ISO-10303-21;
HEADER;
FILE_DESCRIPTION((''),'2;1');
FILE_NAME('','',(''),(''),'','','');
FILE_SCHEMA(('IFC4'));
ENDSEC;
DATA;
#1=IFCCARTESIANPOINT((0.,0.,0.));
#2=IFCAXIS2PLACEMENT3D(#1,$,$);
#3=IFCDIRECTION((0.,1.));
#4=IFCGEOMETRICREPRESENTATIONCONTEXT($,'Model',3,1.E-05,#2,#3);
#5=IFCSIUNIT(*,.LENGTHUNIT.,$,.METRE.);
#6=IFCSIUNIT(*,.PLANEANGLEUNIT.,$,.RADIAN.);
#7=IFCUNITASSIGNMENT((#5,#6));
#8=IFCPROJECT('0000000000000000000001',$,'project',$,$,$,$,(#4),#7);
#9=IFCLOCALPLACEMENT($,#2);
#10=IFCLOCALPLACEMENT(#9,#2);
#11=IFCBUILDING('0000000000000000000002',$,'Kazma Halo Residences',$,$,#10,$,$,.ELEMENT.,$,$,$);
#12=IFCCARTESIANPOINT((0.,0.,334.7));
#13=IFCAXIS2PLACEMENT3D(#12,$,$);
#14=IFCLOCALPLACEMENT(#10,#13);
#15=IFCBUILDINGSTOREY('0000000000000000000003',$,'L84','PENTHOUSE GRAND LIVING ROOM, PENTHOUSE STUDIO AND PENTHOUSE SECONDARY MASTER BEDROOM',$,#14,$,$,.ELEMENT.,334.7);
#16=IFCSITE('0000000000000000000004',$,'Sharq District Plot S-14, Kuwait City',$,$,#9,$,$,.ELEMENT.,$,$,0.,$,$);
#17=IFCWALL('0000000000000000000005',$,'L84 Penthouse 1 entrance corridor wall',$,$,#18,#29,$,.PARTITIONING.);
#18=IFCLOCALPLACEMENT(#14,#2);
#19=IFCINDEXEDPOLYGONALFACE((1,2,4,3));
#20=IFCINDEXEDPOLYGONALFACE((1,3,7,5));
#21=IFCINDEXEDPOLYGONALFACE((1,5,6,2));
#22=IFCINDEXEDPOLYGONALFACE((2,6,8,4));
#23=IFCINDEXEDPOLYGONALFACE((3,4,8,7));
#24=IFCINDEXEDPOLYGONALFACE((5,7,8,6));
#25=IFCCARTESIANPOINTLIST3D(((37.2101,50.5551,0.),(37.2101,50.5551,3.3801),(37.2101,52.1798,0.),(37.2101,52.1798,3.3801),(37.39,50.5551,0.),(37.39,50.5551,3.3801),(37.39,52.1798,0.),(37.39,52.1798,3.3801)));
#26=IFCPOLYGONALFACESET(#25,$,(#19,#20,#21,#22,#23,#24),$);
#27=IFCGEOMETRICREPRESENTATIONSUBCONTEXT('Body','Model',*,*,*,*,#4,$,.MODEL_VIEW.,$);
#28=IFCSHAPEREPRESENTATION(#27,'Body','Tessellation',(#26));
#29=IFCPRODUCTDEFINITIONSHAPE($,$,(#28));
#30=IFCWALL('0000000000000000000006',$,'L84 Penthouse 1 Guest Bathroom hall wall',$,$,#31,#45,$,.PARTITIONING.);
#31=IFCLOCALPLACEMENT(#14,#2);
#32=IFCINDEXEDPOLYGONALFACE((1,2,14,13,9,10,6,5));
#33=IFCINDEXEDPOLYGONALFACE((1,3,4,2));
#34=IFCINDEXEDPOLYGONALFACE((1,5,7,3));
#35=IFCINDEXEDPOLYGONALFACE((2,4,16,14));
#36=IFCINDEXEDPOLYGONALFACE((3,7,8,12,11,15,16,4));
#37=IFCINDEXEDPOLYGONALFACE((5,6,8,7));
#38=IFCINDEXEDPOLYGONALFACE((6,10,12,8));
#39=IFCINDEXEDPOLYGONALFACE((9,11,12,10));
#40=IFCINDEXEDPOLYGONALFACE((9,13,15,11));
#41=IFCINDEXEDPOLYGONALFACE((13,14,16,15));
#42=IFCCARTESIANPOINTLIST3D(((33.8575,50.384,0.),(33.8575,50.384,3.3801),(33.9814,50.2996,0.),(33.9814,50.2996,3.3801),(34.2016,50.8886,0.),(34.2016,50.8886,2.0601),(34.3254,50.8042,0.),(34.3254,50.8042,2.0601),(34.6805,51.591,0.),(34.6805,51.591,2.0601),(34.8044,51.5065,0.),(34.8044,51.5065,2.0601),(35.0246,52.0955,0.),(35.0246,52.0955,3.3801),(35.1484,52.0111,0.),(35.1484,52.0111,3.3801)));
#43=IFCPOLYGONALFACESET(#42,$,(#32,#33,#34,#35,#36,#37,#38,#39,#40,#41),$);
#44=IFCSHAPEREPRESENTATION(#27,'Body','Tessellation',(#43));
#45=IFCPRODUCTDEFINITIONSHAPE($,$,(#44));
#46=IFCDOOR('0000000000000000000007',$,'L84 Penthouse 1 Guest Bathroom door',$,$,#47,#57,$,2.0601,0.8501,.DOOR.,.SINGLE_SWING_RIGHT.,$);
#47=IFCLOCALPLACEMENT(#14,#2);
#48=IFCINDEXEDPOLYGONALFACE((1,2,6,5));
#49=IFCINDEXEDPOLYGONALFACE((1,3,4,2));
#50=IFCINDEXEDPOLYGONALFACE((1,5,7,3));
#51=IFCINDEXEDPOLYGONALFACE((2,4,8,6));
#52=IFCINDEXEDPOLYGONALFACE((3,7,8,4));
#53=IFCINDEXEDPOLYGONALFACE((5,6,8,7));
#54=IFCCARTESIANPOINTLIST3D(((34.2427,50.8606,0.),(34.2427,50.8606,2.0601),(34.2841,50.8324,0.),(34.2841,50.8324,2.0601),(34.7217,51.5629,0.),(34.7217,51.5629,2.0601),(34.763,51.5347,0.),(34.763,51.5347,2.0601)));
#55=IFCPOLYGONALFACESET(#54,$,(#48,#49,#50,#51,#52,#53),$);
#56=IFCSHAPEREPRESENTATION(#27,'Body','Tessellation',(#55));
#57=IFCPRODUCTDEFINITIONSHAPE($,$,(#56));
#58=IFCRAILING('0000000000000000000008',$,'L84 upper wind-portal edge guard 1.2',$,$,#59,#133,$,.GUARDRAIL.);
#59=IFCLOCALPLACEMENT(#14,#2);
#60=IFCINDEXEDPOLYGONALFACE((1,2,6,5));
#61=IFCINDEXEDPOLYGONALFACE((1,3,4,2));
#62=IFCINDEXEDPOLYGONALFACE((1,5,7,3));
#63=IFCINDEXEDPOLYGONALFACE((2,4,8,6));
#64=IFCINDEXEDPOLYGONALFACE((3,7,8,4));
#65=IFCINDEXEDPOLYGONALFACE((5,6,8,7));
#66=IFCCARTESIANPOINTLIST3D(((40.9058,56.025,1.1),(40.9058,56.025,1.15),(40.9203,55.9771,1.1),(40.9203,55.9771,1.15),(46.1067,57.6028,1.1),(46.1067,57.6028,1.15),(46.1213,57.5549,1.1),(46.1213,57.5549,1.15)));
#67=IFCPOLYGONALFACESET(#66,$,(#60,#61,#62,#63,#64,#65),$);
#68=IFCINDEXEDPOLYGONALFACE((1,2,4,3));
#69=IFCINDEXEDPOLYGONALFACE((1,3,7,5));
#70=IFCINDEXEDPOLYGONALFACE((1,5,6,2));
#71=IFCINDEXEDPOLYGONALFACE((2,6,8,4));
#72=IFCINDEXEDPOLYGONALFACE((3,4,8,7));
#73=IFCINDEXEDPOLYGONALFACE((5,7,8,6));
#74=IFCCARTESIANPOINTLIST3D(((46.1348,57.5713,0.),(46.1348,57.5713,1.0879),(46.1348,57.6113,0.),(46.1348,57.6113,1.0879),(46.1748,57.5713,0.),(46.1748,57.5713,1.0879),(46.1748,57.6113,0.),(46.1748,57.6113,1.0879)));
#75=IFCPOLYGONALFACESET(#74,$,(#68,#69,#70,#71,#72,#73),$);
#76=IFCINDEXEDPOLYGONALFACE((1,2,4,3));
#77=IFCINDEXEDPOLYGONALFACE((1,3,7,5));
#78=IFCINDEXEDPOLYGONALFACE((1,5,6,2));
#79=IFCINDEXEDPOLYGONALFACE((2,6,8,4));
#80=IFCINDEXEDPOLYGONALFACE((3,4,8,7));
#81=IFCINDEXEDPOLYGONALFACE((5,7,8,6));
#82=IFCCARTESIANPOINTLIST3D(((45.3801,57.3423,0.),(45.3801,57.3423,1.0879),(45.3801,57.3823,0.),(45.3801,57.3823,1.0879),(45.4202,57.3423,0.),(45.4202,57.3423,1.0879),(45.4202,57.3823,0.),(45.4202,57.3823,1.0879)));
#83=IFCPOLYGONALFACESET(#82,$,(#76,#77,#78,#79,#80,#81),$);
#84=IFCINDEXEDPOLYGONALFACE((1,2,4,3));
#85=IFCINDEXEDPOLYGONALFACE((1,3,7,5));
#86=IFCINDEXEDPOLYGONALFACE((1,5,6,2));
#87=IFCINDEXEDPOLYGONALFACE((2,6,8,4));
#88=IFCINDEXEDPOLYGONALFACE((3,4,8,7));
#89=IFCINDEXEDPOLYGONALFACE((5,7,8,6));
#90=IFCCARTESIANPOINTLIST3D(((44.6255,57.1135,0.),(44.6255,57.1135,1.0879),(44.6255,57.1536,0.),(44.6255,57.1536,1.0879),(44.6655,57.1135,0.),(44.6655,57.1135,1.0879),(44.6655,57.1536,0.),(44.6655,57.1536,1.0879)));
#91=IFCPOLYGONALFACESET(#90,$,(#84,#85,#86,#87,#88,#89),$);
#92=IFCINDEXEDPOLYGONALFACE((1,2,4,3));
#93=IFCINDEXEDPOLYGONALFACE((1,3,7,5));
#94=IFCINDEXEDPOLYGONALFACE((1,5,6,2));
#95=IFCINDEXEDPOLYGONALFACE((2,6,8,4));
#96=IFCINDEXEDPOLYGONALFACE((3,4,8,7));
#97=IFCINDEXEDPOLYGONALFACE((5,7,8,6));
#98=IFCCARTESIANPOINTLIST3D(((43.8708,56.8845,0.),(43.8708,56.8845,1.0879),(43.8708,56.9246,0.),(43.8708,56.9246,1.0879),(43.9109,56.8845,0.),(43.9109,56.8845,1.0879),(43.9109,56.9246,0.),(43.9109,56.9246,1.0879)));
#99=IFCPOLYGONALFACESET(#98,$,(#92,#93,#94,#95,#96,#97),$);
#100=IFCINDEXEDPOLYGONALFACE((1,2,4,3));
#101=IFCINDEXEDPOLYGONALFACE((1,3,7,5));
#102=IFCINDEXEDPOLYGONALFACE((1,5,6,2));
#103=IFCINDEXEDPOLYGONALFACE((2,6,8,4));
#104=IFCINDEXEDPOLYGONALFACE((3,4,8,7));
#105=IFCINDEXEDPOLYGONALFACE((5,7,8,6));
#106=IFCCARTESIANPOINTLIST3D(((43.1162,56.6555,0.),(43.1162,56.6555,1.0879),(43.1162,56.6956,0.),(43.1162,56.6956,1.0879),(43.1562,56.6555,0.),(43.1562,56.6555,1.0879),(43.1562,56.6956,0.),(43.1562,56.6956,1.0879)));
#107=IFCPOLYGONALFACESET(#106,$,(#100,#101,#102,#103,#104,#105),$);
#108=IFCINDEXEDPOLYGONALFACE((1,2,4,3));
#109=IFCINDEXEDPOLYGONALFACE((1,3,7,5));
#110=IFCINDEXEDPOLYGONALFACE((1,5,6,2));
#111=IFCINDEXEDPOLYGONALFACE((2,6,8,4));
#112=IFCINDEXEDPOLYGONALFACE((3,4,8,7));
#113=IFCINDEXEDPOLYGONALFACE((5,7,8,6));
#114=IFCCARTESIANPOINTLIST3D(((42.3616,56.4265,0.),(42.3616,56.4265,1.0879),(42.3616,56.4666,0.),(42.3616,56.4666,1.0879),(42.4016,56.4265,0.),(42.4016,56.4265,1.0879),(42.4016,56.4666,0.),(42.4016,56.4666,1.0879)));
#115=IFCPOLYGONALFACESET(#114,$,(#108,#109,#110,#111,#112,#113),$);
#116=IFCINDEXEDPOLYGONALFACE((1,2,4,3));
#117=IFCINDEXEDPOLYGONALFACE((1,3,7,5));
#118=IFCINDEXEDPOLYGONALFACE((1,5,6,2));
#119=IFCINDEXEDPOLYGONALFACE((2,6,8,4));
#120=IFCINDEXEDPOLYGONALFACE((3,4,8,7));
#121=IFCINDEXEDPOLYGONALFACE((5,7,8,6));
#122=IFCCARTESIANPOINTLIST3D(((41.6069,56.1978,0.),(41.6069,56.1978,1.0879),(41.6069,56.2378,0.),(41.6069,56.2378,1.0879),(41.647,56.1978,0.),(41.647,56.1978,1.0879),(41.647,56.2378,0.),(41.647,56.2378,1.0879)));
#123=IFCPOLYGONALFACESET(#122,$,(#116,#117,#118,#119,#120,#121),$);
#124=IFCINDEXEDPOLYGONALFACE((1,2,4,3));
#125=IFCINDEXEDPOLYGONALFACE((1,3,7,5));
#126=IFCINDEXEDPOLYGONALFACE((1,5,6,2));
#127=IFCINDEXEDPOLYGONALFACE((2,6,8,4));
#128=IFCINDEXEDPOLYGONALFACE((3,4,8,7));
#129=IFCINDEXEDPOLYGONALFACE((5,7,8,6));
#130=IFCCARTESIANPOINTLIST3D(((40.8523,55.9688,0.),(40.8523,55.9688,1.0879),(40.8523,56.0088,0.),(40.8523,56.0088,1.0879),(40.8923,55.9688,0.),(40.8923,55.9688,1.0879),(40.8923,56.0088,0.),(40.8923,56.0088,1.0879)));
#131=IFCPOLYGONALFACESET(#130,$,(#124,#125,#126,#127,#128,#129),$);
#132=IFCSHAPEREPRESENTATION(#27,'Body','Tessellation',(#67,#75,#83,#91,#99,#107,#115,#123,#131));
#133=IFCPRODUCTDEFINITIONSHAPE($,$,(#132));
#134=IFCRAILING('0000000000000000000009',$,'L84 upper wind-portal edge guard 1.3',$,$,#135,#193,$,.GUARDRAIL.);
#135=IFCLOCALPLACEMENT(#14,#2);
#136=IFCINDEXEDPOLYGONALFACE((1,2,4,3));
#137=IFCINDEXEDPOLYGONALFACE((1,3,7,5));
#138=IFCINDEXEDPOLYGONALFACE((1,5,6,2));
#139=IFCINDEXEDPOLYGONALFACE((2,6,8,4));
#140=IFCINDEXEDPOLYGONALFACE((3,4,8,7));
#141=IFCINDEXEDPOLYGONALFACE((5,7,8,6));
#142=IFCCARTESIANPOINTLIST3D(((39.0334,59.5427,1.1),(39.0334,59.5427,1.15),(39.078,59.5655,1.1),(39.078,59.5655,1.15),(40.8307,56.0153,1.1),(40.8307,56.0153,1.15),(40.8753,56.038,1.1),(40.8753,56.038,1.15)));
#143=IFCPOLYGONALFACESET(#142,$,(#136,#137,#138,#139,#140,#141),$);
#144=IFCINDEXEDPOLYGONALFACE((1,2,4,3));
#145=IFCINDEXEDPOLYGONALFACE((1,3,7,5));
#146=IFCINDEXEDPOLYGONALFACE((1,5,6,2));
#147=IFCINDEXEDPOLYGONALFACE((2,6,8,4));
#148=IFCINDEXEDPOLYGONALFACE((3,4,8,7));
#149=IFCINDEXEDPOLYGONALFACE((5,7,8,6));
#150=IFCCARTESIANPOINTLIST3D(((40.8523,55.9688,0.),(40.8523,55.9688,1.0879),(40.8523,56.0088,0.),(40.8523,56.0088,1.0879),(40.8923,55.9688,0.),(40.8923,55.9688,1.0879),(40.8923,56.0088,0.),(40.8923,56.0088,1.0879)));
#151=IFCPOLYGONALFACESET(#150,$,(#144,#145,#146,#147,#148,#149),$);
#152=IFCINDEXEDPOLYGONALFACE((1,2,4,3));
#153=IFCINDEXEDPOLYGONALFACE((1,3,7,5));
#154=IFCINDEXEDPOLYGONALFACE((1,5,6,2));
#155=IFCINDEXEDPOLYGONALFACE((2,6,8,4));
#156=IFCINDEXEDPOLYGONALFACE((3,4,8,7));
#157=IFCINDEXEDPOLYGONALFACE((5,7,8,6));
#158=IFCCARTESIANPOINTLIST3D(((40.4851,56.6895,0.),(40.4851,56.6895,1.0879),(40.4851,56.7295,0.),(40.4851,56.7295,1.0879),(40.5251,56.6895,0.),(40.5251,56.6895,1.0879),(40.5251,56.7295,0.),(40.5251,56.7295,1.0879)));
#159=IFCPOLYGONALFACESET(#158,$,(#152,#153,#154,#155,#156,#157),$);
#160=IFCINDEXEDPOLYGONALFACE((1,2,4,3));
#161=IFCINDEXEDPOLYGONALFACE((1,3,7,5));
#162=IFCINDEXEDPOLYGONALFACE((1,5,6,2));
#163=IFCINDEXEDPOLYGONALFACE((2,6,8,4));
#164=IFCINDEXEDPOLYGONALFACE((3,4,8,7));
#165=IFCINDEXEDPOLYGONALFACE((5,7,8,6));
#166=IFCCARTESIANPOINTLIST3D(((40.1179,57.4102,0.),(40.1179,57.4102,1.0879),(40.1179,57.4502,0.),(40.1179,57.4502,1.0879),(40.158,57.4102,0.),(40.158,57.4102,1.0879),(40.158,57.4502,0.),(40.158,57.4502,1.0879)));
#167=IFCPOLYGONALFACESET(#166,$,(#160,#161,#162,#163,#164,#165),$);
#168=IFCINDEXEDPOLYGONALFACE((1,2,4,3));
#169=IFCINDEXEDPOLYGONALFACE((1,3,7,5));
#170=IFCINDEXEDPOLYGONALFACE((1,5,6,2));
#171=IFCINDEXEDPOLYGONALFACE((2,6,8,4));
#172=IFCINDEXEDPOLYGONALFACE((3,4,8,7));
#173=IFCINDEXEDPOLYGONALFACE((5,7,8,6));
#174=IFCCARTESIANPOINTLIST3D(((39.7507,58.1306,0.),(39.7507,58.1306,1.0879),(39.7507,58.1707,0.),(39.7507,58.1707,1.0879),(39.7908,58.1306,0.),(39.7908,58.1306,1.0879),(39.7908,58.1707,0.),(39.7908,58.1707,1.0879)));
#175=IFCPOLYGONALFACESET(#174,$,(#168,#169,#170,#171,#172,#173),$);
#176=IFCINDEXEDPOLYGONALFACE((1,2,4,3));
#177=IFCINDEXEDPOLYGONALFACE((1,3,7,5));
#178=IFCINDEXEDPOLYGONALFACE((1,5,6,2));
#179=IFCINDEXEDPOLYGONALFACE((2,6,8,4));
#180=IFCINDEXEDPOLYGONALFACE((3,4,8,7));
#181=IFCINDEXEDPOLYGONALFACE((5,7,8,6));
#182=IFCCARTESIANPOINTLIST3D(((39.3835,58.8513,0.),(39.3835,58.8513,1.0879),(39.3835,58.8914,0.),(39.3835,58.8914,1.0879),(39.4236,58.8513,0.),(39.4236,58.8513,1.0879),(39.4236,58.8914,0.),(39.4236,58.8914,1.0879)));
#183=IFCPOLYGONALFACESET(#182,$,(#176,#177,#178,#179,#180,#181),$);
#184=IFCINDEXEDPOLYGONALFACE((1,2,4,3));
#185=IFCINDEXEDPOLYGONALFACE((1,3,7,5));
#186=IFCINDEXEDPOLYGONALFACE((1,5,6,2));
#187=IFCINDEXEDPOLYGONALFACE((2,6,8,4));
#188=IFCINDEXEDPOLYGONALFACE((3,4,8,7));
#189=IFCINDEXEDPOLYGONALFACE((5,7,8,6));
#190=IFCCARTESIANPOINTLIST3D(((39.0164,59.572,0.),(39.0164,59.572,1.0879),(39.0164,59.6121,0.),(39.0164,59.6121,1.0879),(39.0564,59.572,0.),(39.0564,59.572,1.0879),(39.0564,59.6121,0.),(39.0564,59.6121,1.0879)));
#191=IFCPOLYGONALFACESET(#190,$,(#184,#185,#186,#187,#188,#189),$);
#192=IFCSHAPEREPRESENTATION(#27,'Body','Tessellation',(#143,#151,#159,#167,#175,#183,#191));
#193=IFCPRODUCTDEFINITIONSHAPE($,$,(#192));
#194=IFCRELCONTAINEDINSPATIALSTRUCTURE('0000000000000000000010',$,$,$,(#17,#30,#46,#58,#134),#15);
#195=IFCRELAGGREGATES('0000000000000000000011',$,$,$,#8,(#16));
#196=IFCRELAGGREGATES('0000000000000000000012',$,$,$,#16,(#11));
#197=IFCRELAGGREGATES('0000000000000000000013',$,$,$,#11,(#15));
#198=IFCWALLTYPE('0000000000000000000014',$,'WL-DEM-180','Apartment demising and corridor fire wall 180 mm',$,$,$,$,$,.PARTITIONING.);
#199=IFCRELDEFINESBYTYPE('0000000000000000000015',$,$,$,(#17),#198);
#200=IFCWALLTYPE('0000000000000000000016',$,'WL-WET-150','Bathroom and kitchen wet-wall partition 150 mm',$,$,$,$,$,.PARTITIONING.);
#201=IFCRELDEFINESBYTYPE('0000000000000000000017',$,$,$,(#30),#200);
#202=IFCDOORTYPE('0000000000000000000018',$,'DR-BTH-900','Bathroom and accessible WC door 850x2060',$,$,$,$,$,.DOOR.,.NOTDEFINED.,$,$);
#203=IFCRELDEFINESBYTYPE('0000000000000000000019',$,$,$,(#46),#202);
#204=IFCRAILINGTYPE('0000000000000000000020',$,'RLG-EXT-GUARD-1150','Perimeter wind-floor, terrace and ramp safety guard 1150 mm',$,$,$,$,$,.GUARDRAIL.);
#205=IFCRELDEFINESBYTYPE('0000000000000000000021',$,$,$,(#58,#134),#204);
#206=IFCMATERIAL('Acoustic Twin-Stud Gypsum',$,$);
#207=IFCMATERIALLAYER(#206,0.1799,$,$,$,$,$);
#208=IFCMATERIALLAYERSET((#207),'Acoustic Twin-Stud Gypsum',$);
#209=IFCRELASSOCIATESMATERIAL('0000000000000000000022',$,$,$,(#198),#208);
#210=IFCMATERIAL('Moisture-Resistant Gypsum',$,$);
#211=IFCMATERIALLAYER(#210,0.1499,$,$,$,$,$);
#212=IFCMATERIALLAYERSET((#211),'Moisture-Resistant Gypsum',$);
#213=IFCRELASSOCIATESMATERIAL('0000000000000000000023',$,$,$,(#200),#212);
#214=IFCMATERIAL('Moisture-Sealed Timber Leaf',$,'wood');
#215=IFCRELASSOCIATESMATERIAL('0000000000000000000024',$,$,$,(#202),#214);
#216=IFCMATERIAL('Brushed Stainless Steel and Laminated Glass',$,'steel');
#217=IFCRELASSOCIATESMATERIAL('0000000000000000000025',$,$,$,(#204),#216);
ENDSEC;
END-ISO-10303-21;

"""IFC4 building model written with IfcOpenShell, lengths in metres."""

from ifc_helpers import new_model, si_unit, direction, frame, frame_2d, origin, origin_2d, place, context, subcontext, project, spatial, rectangle, extrude, material, layer, layer_set, type_object, element, fill, save


model = new_model("IFC4")

# Units and contexts
model_context = context("Model", 3, precision=1e-05, world=origin(), true_north=direction((0.0, 1.0)))
body_context = subcontext(model_context, "Body", "Model", "MODEL_VIEW")
ifc_project = project(units=[si_unit("LENGTHUNIT", "METRE"), si_unit("PLANEANGLEUNIT", "RADIAN")], contexts=[model_context])

# Site, building, storey
site_placement = place(None, origin())
site = spatial("IfcSite", under=ifc_project, at=site_placement, Name="Sharq District Plot S-14, Kuwait City", CompositionType="ELEMENT", RefElevation=0.0)
building_placement = place(site_placement, origin())
building = spatial("IfcBuilding", under=site, at=building_placement, Name="Kazma Halo Residences", CompositionType="ELEMENT")
storey_placement = place(building_placement, frame((0.0, 0.0, 334.7)))
storey = spatial("IfcBuildingStorey", under=building, at=storey_placement, Name="L84", Description="PENTHOUSE GRAND LIVING ROOM, PENTHOUSE STUDIO AND PENTHOUSE SECONDARY MASTER BEDROOM", CompositionType="ELEMENT", Elevation=334.7)

# Shared definitions
ifc_material_1 = material(Name="Acoustic Twin-Stud Gypsum")
ifc_layer_1 = layer(ifc_material_1, 0.1799)
ifc_layer_set_1 = layer_set([ifc_layer_1], Name="Acoustic Twin-Stud Gypsum")
wall_type_1 = type_object("IfcWallType", Name="WL-DEM-180", Description="Apartment demising and corridor fire wall 180 mm", PredefinedType="PARTITIONING", material=ifc_layer_set_1)

# Wall
wall_1_placement = place(storey_placement, frame((37.3, 52.1799, 0.0), z_axis=(0.0, 0.0, 1.0), x_axis=(0.0, -1.0, 0.0)))
element("IfcWall", 1, at=wall_1_placement, inside=storey, type_object=wall_type_1, Name="L84 Penthouse 1 entrance corridor wall", PredefinedType="PARTITIONING", context=body_context, shape_type="SweptSolid", body=[
    extrude(rectangle(XDim=1.6248, YDim=0.1799, at=frame_2d((0.8125, 0.0))), origin(), (0.0, 0.0, 1.0), 3.3801),
])

# Wall, opening, door
ifc_material_2 = material(Name="Moisture-Resistant Gypsum")
ifc_layer_2 = layer(ifc_material_2, 0.1499)
ifc_layer_set_2 = layer_set([ifc_layer_2], Name="Moisture-Resistant Gypsum")
wall_type_2 = type_object("IfcWallType", Name="WL-WET-150", Description="Bathroom and kitchen wet-wall partition 150 mm", PredefinedType="PARTITIONING", material=ifc_layer_set_2)
wall_2_placement = place(storey_placement, frame((35.0864, 52.0532, 0.0), z_axis=(0.0, 0.0, 1.0), x_axis=(-0.563373, -0.826202, 0.0)))
wall_2 = element("IfcWall", 2, at=wall_2_placement, inside=storey, type_object=wall_type_2, Name="L84 Penthouse 1 Guest Bathroom hall wall", PredefinedType="PARTITIONING", context=body_context, shape_type="SweptSolid", body=[
    extrude(rectangle(XDim=2.0715, YDim=0.1499, at=frame_2d((1.0356, 0.0))), origin(), (0.0, 0.0, 1.0), 3.3801),
])
opening_1_placement = place(wall_2_placement, frame((0.6106, 0.0, 0.0)))
opening_1 = element("IfcOpeningElement", 3, at=opening_1_placement, cuts=wall_2, PredefinedType="OPENING", context=body_context, shape_type="SweptSolid", body=[
    extrude(rectangle(XDim=0.8501, YDim=2.0601, at=frame_2d((0.425, 1.03))), frame((0.0, 0.085, 0.0), z_axis=(0.0, -1.0, 0.0), x_axis=(1.0, 0.0, 0.0)), (0.0, 0.0, 1.0), 0.1699),
])
ifc_material_3 = material(Name="Moisture-Sealed Timber Leaf", Category="wood")
door_type_1 = type_object("IfcDoorType", Name="DR-BTH-900", Description="Bathroom and accessible WC door 850x2060", OperationType="NOTDEFINED", PredefinedType="DOOR", material=ifc_material_3)
door_1_placement = place(opening_1_placement, origin())
door_1 = element("IfcDoor", 4, at=door_1_placement, inside=storey, type_object=door_type_1, Name="L84 Penthouse 1 Guest Bathroom door", OperationType="SINGLE_SWING_RIGHT", OverallHeight=2.0601, OverallWidth=0.8501, PredefinedType="DOOR", context=body_context, shape_type="SweptSolid", body=[
    extrude(rectangle(XDim=0.8501, YDim=2.0601, at=frame_2d((0.425, 1.03))), frame((0.0, 0.0249, 0.0), z_axis=(0.0, -1.0, 0.0), x_axis=(1.0, 0.0, 0.0)), (0.0, 0.0, 1.0), 0.05),
])
fill(opening_1, door_1)

# Railings
ifc_material_4 = material(Name="Brushed Stainless Steel and Laminated Glass", Category="steel")
railing_type = type_object("IfcRailingType", Name="RLG-EXT-GUARD-1150", Description="Perimeter wind-floor, terrace and ramp safety guard 1150 mm", PredefinedType="GUARDRAIL", material=ifc_material_4)
railing_1_placement = place(storey_placement, frame((46.1548, 57.5913, 0.0)))
element("IfcRailing", 5, at=railing_1_placement, inside=storey, type_object=railing_type, Name="L84 upper wind-portal edge guard 1.2", PredefinedType="GUARDRAIL", context=body_context, shape_type="SweptSolid", body=[
    extrude(rectangle(XDim=0.05, YDim=0.05, at=origin_2d()), frame((-0.0408, -0.0125, 1.125), z_axis=(-0.956934, -0.290304, 0.0), x_axis=(0.290304, -0.956934, 0.0)), (0.0, 0.0, 1.0), 5.4351),
    extrude(rectangle(XDim=0.04, YDim=0.04, at=origin_2d()), origin(), (0.0, 0.0, 1.0), 1.0879),
    extrude(rectangle(XDim=0.04, YDim=0.04, at=origin_2d()), frame((-0.7546, -0.229, 0.0)), (0.0, 0.0, 1.0), 1.0879),
    extrude(rectangle(XDim=0.04, YDim=0.04, at=origin_2d()), frame((-1.5093, -0.4578, 0.0)), (0.0, 0.0, 1.0), 1.0879),
    extrude(rectangle(XDim=0.04, YDim=0.04, at=origin_2d()), frame((-2.2639, -0.6868, 0.0)), (0.0, 0.0, 1.0), 1.0879),
    extrude(rectangle(XDim=0.04, YDim=0.04, at=origin_2d()), frame((-3.0186, -0.9158, 0.0)), (0.0, 0.0, 1.0), 1.0879),
    extrude(rectangle(XDim=0.04, YDim=0.04, at=origin_2d()), frame((-3.7732, -1.1448, 0.0)), (0.0, 0.0, 1.0), 1.0879),
    extrude(rectangle(XDim=0.04, YDim=0.04, at=origin_2d()), frame((-4.5278, -1.3735, 0.0)), (0.0, 0.0, 1.0), 1.0879),
    extrude(rectangle(XDim=0.04, YDim=0.04, at=origin_2d()), frame((-5.2825, -1.6025, 0.0)), (0.0, 0.0, 1.0), 1.0879),
])
railing_2_placement = place(storey_placement, frame((40.8723, 55.9888, 0.0)))
element("IfcRailing", 6, at=railing_2_placement, inside=storey, type_object=railing_type, Name="L84 upper wind-portal edge guard 1.3", PredefinedType="GUARDRAIL", context=body_context, shape_type="SweptSolid", body=[
    extrude(rectangle(XDim=0.05, YDim=0.05, at=origin_2d()), frame((-0.0193, 0.0378, 1.125), z_axis=(-0.453986, 0.891009, 0.0), x_axis=(-0.891009, -0.453986, 0.0)), (0.0, 0.0, 1.0), 3.959),
    extrude(rectangle(XDim=0.04, YDim=0.04, at=origin_2d()), origin(), (0.0, 0.0, 1.0), 1.0879),
    extrude(rectangle(XDim=0.04, YDim=0.04, at=origin_2d()), frame((-0.3672, 0.7207, 0.0)), (0.0, 0.0, 1.0), 1.0879),
    extrude(rectangle(XDim=0.04, YDim=0.04, at=origin_2d()), frame((-0.7344, 1.4414, 0.0)), (0.0, 0.0, 1.0), 1.0879),
    extrude(rectangle(XDim=0.04, YDim=0.04, at=origin_2d()), frame((-1.1016, 2.1619, 0.0)), (0.0, 0.0, 1.0), 1.0879),
    extrude(rectangle(XDim=0.04, YDim=0.04, at=origin_2d()), frame((-1.4688, 2.8826, 0.0)), (0.0, 0.0, 1.0), 1.0879),
    extrude(rectangle(XDim=0.04, YDim=0.04, at=origin_2d()), frame((-1.8359, 3.6033, 0.0)), (0.0, 0.0, 1.0), 1.0879),
])

save(model, "model.ifc")
